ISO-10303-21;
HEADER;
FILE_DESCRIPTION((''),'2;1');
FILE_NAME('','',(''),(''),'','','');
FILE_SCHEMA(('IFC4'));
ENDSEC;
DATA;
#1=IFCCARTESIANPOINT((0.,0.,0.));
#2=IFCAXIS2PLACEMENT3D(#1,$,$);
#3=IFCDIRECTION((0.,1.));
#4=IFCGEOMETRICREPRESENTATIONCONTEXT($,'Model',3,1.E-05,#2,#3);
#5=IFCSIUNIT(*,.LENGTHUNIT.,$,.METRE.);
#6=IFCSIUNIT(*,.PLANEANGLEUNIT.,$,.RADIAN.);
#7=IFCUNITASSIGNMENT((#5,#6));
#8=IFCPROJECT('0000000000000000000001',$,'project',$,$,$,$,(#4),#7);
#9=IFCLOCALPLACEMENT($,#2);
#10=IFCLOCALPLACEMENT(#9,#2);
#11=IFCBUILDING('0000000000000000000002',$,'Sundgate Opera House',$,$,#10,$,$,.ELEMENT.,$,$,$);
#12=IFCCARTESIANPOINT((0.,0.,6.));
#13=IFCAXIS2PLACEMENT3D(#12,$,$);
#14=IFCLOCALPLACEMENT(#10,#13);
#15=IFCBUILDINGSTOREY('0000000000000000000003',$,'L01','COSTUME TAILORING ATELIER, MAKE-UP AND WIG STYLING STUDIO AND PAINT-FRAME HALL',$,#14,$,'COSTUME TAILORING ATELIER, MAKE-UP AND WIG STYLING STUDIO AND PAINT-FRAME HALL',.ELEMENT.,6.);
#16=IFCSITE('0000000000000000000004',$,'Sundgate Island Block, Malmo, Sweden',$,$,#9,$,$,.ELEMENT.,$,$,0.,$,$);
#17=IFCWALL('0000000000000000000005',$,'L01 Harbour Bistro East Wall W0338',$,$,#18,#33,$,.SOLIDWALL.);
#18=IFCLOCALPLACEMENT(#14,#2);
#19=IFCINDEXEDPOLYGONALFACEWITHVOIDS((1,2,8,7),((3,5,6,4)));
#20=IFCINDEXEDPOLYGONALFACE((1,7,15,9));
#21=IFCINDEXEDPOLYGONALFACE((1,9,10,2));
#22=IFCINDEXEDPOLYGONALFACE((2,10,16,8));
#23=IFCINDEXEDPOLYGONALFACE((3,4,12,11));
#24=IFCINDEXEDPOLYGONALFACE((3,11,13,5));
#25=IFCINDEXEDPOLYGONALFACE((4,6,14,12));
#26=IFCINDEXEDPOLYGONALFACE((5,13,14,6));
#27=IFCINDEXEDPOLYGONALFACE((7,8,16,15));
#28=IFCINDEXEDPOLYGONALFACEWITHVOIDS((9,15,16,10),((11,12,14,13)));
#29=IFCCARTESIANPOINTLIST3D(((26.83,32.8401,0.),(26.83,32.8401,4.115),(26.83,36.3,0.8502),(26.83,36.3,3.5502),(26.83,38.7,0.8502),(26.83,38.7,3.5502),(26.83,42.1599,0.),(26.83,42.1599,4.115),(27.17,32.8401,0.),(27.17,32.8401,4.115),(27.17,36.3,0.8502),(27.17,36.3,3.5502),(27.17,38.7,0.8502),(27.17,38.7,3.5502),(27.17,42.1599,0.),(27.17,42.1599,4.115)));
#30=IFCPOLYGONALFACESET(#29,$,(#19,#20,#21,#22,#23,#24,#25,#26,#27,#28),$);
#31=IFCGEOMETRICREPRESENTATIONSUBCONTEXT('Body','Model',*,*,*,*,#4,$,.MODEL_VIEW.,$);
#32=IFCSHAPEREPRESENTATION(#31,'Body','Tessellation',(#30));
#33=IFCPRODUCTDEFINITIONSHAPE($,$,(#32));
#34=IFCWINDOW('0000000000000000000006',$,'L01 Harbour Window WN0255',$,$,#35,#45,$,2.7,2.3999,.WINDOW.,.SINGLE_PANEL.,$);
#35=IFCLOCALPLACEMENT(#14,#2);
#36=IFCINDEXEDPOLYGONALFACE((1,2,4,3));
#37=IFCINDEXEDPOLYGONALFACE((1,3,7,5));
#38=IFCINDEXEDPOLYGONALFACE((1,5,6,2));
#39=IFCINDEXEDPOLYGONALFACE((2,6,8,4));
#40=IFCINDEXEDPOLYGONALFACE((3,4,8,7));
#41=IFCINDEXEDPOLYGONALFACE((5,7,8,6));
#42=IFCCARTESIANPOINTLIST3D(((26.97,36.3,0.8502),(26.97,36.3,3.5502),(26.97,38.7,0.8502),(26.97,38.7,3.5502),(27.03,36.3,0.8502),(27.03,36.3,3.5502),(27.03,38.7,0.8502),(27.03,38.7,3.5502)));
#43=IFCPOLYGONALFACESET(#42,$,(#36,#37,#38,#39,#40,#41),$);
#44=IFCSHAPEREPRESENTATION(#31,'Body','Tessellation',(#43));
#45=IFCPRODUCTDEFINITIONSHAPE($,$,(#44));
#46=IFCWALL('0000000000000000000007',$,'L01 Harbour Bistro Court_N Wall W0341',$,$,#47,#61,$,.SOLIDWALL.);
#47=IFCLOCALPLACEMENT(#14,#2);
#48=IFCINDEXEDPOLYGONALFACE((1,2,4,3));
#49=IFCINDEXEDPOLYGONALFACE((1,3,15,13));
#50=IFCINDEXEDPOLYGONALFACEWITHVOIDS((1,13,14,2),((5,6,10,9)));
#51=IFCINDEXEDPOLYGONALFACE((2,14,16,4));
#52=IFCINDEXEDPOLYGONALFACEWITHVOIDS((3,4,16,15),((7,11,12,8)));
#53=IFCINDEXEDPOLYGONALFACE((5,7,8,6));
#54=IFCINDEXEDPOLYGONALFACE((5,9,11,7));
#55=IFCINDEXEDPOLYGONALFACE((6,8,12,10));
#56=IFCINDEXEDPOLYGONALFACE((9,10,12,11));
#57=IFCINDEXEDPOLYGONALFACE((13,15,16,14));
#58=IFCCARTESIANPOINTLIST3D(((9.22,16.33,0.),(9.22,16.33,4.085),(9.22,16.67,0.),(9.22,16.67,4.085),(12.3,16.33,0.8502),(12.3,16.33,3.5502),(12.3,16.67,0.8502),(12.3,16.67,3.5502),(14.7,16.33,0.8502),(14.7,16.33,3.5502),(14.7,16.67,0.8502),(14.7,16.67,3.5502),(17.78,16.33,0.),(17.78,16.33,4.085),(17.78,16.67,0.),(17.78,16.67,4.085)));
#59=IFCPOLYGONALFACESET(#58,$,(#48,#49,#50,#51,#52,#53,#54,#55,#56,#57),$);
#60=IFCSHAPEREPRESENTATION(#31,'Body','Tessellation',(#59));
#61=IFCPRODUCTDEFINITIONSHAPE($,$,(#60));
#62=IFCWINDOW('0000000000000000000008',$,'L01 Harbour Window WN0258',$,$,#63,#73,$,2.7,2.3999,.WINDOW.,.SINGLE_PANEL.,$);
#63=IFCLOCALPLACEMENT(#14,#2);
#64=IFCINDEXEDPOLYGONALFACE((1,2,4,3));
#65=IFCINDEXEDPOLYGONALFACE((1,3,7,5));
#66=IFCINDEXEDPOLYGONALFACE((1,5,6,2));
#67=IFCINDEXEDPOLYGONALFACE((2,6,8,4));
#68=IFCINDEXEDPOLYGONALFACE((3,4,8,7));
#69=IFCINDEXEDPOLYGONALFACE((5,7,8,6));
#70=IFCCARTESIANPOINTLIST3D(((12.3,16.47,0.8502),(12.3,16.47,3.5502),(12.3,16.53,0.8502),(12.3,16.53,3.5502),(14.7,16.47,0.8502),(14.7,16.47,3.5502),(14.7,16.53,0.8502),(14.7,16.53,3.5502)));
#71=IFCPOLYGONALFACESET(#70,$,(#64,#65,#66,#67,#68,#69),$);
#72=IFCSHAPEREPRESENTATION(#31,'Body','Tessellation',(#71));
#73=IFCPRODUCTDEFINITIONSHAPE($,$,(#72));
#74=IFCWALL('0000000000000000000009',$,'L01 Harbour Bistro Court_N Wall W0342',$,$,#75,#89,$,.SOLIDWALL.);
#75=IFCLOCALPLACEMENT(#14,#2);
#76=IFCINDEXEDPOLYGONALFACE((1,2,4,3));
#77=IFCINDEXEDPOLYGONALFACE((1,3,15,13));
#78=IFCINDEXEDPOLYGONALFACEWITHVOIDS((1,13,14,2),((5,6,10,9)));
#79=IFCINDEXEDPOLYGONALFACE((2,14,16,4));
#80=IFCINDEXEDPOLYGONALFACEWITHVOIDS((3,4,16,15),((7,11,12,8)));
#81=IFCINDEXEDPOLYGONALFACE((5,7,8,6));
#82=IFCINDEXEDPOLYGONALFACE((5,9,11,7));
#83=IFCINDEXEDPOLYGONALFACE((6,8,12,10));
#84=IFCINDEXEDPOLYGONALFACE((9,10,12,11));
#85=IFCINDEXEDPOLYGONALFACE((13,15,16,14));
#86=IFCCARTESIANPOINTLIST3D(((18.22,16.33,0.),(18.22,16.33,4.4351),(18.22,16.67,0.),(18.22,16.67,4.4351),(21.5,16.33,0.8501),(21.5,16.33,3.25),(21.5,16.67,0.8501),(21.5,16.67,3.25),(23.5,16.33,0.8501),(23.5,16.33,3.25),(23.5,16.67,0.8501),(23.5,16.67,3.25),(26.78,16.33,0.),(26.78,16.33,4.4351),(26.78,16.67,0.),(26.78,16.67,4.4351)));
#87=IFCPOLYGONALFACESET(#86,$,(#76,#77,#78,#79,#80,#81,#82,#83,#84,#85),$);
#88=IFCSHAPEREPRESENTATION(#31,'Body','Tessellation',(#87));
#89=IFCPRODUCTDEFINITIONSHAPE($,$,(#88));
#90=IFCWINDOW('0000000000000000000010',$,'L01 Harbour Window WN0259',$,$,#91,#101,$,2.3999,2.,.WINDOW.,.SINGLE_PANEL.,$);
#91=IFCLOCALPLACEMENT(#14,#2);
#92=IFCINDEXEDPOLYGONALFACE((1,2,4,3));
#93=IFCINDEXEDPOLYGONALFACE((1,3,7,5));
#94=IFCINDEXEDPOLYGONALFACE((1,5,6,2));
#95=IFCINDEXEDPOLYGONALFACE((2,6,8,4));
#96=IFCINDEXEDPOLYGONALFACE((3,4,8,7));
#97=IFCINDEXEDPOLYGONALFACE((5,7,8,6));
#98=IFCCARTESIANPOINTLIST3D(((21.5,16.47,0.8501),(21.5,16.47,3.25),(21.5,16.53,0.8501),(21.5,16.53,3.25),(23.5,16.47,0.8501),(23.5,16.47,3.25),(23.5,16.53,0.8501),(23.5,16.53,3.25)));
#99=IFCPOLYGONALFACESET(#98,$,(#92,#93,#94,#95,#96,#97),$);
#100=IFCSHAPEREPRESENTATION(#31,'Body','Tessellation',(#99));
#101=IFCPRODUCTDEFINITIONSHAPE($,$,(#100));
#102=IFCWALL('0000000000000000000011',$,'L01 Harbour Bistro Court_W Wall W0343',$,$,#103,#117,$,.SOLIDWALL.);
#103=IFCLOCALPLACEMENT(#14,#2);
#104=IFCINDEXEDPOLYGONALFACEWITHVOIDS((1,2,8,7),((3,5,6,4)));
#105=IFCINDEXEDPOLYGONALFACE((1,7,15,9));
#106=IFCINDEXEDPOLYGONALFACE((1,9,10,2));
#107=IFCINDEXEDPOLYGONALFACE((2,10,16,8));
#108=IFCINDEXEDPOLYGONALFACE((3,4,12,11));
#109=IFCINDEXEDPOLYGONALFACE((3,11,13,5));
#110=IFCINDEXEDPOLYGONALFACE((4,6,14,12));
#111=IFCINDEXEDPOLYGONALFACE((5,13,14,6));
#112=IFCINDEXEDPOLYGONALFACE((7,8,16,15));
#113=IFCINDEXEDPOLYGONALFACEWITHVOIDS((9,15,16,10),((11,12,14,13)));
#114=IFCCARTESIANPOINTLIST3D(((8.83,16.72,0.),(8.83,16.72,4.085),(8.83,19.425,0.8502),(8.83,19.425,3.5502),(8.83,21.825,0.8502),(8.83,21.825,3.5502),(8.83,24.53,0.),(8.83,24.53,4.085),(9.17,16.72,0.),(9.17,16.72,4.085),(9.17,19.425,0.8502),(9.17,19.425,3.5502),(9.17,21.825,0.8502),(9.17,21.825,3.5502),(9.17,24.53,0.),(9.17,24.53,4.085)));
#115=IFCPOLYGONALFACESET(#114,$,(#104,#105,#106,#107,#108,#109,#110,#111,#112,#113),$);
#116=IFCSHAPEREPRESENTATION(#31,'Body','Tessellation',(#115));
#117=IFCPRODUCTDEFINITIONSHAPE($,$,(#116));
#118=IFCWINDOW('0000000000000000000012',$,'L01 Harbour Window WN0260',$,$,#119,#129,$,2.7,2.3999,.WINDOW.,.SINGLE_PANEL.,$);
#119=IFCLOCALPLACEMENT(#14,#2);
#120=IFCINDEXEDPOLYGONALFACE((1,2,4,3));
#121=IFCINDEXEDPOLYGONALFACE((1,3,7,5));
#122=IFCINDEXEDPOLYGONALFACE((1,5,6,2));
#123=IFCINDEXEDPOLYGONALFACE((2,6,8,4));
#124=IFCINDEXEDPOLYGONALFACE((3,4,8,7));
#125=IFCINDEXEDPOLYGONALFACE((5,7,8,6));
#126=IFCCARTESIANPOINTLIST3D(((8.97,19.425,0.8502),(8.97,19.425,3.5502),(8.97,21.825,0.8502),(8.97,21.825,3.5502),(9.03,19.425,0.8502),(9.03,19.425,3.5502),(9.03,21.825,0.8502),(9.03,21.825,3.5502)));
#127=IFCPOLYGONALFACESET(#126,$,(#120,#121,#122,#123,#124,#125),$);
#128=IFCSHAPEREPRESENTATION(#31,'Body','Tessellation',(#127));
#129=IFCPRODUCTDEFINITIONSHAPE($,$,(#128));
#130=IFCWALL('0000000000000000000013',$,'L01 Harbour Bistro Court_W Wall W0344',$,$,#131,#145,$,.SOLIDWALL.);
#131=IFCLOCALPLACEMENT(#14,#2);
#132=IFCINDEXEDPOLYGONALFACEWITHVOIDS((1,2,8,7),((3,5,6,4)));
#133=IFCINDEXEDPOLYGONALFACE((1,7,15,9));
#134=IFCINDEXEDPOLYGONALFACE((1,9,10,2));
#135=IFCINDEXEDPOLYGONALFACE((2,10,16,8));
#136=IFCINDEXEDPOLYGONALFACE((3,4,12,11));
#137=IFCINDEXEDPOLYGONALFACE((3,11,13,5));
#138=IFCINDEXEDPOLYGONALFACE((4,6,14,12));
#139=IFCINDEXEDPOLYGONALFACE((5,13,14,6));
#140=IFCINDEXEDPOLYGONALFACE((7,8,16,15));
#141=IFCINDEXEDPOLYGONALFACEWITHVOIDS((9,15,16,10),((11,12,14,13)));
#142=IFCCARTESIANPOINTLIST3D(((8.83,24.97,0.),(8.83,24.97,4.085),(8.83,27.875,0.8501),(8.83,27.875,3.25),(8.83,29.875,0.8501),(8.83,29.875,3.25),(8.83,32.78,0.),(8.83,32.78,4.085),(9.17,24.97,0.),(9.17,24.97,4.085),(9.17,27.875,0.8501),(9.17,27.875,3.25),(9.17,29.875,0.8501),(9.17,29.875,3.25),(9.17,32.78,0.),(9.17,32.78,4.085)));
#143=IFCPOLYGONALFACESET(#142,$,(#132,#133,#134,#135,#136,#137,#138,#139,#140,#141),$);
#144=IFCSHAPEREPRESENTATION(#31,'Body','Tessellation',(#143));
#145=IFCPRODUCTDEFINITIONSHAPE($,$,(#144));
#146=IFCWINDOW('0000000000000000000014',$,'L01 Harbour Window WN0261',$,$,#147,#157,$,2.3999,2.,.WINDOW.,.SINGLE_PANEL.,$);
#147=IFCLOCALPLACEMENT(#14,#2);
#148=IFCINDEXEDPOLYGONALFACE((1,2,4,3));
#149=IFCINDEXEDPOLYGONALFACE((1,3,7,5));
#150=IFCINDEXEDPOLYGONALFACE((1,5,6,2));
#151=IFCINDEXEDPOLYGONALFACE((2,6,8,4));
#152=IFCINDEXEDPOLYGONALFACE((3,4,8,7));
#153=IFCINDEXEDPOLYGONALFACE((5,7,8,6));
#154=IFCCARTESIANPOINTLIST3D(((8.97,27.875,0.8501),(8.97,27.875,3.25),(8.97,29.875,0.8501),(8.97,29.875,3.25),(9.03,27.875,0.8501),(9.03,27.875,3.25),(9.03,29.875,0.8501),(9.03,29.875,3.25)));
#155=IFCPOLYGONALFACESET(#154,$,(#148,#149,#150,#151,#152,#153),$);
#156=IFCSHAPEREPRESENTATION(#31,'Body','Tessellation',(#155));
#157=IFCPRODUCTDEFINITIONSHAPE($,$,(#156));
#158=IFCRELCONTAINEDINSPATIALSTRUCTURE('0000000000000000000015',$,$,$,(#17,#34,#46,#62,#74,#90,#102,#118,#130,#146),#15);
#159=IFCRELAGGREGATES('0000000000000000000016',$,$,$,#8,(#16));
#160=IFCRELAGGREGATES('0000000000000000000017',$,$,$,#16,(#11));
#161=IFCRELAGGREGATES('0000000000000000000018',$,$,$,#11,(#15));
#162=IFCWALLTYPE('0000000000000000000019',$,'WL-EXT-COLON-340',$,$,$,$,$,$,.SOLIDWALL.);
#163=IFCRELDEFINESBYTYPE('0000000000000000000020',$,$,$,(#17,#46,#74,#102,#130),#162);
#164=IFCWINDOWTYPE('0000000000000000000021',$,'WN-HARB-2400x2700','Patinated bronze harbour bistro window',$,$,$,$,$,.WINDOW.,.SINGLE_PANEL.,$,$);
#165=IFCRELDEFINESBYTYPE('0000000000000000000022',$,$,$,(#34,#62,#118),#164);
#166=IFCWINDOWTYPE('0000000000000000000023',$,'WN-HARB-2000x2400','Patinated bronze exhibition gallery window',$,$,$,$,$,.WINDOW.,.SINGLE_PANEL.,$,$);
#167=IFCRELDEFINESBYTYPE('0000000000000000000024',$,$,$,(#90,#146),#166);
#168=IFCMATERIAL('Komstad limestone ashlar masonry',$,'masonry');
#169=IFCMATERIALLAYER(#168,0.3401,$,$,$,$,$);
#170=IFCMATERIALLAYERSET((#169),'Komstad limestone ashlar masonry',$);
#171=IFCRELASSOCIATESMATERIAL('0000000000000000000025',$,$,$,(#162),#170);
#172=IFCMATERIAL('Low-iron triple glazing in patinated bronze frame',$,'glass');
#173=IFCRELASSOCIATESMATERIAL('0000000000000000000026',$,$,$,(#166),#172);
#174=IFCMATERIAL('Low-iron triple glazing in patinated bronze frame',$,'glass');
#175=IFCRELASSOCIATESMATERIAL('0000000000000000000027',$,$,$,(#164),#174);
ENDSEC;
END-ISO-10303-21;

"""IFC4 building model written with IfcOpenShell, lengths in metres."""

from ifc_helpers import new_model, si_unit, direction, frame, frame_2d, origin, place, context, subcontext, project, spatial, rectangle, extrude, material, layer, layer_set, type_object, element, fill, save


model = new_model("IFC4")

# Units and contexts
model_context = context("Model", 3, precision=1e-05, world=origin(), true_north=direction((0.0, 1.0)))
body_context = subcontext(model_context, "Body", "Model", "MODEL_VIEW")
ifc_project = project(units=[si_unit("LENGTHUNIT", "METRE"), si_unit("PLANEANGLEUNIT", "RADIAN")], contexts=[model_context])

# Site, building, storey
site_placement = place(None, origin())
site = spatial("IfcSite", under=ifc_project, at=site_placement, Name="Sundgate Island Block, Malmo, Sweden", CompositionType="ELEMENT", RefElevation=0.0)
building_placement = place(site_placement, origin())
building = spatial("IfcBuilding", under=site, at=building_placement, Name="Sundgate Opera House", CompositionType="ELEMENT")
storey_placement = place(building_placement, frame((0.0, 0.0, 6.0)))
storey = spatial("IfcBuildingStorey", under=building, at=storey_placement, Name="L01", Description="COSTUME TAILORING ATELIER, MAKE-UP AND WIG STYLING STUDIO AND PAINT-FRAME HALL", LongName="COSTUME TAILORING ATELIER, MAKE-UP AND WIG STYLING STUDIO AND PAINT-FRAME HALL", CompositionType="ELEMENT", Elevation=6.0)

# Walls, openings, windows
ifc_material_1 = material(Name="Komstad limestone ashlar masonry", Category="masonry")
ifc_layer = layer(ifc_material_1, 0.3401)
ifc_layer_set = layer_set([ifc_layer], Name="Komstad limestone ashlar masonry")
wall_type = type_object("IfcWallType", Name="WL-EXT-COLON-340", PredefinedType="SOLIDWALL", material=ifc_layer_set)
ifc_material_2 = material(Name="Low-iron triple glazing in patinated bronze frame", Category="glass")
window_type_1 = type_object("IfcWindowType", Name="WN-HARB-2000x2400", Description="Patinated bronze exhibition gallery window", PartitioningType="SINGLE_PANEL", PredefinedType="WINDOW", material=ifc_material_2)
wall_1_placement = place(storey_placement, frame((27.0, 32.8401, 0.0), z_axis=(0.0, 0.0, 1.0), x_axis=(0.0, 1.0, 0.0)))
wall_1 = element("IfcWall", 1, at=wall_1_placement, inside=storey, type_object=wall_type, Name="L01 Harbour Bistro East Wall W0338", PredefinedType="SOLIDWALL", context=body_context, shape_type="SweptSolid", body=[
    extrude(rectangle(XDim=9.3198, YDim=0.3401, at=frame_2d((4.6599, 0.0))), origin(), (0.0, 0.0, 1.0), 4.115),
])
opening_1_placement = place(wall_1_placement, frame((3.46, 0.0, 0.8501)))
opening_1 = element("IfcOpeningElement", 2, at=opening_1_placement, cuts=wall_1, PredefinedType="OPENING", context=body_context, shape_type="SweptSolid", body=[
    extrude(rectangle(XDim=2.3999, YDim=2.7, at=frame_2d((1.2, 1.3501))), frame((0.0, 0.1799, 0.0), z_axis=(0.0, -1.0, 0.0), x_axis=(1.0, 0.0, 0.0)), (0.0, 0.0, 1.0), 0.3601),
])
ifc_material_3 = material(Name="Low-iron triple glazing in patinated bronze frame", Category="glass")
window_type_2 = type_object("IfcWindowType", Name="WN-HARB-2400x2700", Description="Patinated bronze harbour bistro window", PartitioningType="SINGLE_PANEL", PredefinedType="WINDOW", material=ifc_material_3)
window_1_placement = place(opening_1_placement, origin())
window_1 = element("IfcWindow", 3, at=window_1_placement, inside=storey, type_object=window_type_2, Name="L01 Harbour Window WN0255", OverallHeight=2.7, OverallWidth=2.3999, PartitioningType="SINGLE_PANEL", PredefinedType="WINDOW", context=body_context, shape_type="SweptSolid", body=[
    extrude(rectangle(XDim=2.3999, YDim=2.7, at=frame_2d((1.2, 1.3501))), frame((0.0, 0.03, 0.0), z_axis=(0.0, -1.0, 0.0), x_axis=(1.0, 0.0, 0.0)), (0.0, 0.0, 1.0), 0.0601),
])
fill(opening_1, window_1)
wall_2_placement = place(storey_placement, frame((9.22, 16.5, 0.0), z_axis=(0.0, 0.0, 1.0), x_axis=(1.0, 0.0, 0.0)))
wall_2 = element("IfcWall", 4, at=wall_2_placement, inside=storey, type_object=wall_type, Name="L01 Harbour Bistro Court_N Wall W0341", PredefinedType="SOLIDWALL", context=body_context, shape_type="SweptSolid", body=[
    extrude(rectangle(XDim=8.5601, YDim=0.3401, at=frame_2d((4.28, 0.0))), origin(), (0.0, 0.0, 1.0), 4.085),
])
opening_2_placement = place(wall_2_placement, frame((3.0801, 0.0, 0.8501)))
opening_2 = element("IfcOpeningElement", 5, at=opening_2_placement, cuts=wall_2, PredefinedType="OPENING", context=body_context, shape_type="SweptSolid", body=[
    extrude(rectangle(XDim=2.3999, YDim=2.7, at=frame_2d((1.2, 1.3501))), frame((0.0, 0.1799, 0.0), z_axis=(0.0, -1.0, 0.0), x_axis=(1.0, 0.0, 0.0)), (0.0, 0.0, 1.0), 0.3601),
])
window_2_placement = place(opening_2_placement, origin())
window_2 = element("IfcWindow", 6, at=window_2_placement, inside=storey, type_object=window_type_2, Name="L01 Harbour Window WN0258", OverallHeight=2.7, OverallWidth=2.3999, PartitioningType="SINGLE_PANEL", PredefinedType="WINDOW", context=body_context, shape_type="SweptSolid", body=[
    extrude(rectangle(XDim=2.3999, YDim=2.7, at=frame_2d((1.2, 1.3501))), frame((0.0, 0.03, 0.0), z_axis=(0.0, -1.0, 0.0), x_axis=(1.0, 0.0, 0.0)), (0.0, 0.0, 1.0), 0.0601),
])
fill(opening_2, window_2)
wall_3_placement = place(storey_placement, frame((18.22, 16.5, 0.0), z_axis=(0.0, 0.0, 1.0), x_axis=(1.0, 0.0, 0.0)))
wall_3 = element("IfcWall", 7, at=wall_3_placement, inside=storey, type_object=wall_type, Name="L01 Harbour Bistro Court_N Wall W0342", PredefinedType="SOLIDWALL", context=body_context, shape_type="SweptSolid", body=[
    extrude(rectangle(XDim=8.5601, YDim=0.3401, at=frame_2d((4.28, 0.0))), origin(), (0.0, 0.0, 1.0), 4.4351),
])
opening_3_placement = place(wall_3_placement, frame((3.28, 0.0, 0.8501)))
opening_3 = element("IfcOpeningElement", 8, at=opening_3_placement, cuts=wall_3, PredefinedType="OPENING", context=body_context, shape_type="SweptSolid", body=[
    extrude(rectangle(XDim=2.0, YDim=2.3999, at=frame_2d((1.0, 1.2))), frame((0.0, 0.1799, 0.0), z_axis=(0.0, -1.0, 0.0), x_axis=(1.0, 0.0, 0.0)), (0.0, 0.0, 1.0), 0.3601),
])
window_3_placement = place(opening_3_placement, origin())
window_3 = element("IfcWindow", 9, at=window_3_placement, inside=storey, type_object=window_type_1, Name="L01 Harbour Window WN0259", OverallHeight=2.3999, OverallWidth=2.0, PartitioningType="SINGLE_PANEL", PredefinedType="WINDOW", context=body_context, shape_type="SweptSolid", body=[
    extrude(rectangle(XDim=2.0, YDim=2.3999, at=frame_2d((1.0, 1.2))), frame((0.0, 0.03, 0.0), z_axis=(0.0, -1.0, 0.0), x_axis=(1.0, 0.0, 0.0)), (0.0, 0.0, 1.0), 0.0601),
])
fill(opening_3, window_3)
wall_4_placement = place(storey_placement, frame((9.0, 16.72, 0.0), z_axis=(0.0, 0.0, 1.0), x_axis=(0.0, 1.0, 0.0)))
wall_4 = element("IfcWall", 10, at=wall_4_placement, inside=storey, type_object=wall_type, Name="L01 Harbour Bistro Court_W Wall W0343", PredefinedType="SOLIDWALL", context=body_context, shape_type="SweptSolid", body=[
    extrude(rectangle(XDim=7.8101, YDim=0.3401, at=frame_2d((3.905, 0.0))), origin(), (0.0, 0.0, 1.0), 4.085),
])
opening_4_placement = place(wall_4_placement, frame((2.7051, 0.0, 0.8501)))
opening_4 = element("IfcOpeningElement", 11, at=opening_4_placement, cuts=wall_4, PredefinedType="OPENING", context=body_context, shape_type="SweptSolid", body=[
    extrude(rectangle(XDim=2.3999, YDim=2.7, at=frame_2d((1.2, 1.3501))), frame((0.0, 0.1799, 0.0), z_axis=(0.0, -1.0, 0.0), x_axis=(1.0, 0.0, 0.0)), (0.0, 0.0, 1.0), 0.3601),
])
window_4_placement = place(opening_4_placement, origin())
window_4 = element("IfcWindow", 12, at=window_4_placement, inside=storey, type_object=window_type_2, Name="L01 Harbour Window WN0260", OverallHeight=2.7, OverallWidth=2.3999, PartitioningType="SINGLE_PANEL", PredefinedType="WINDOW", context=body_context, shape_type="SweptSolid", body=[
    extrude(rectangle(XDim=2.3999, YDim=2.7, at=frame_2d((1.2, 1.3501))), frame((0.0, 0.03, 0.0), z_axis=(0.0, -1.0, 0.0), x_axis=(1.0, 0.0, 0.0)), (0.0, 0.0, 1.0), 0.0601),
])
fill(opening_4, window_4)
wall_5_placement = place(storey_placement, frame((9.0, 24.97, 0.0), z_axis=(0.0, 0.0, 1.0), x_axis=(0.0, 1.0, 0.0)))
wall_5 = element("IfcWall", 13, at=wall_5_placement, inside=storey, type_object=wall_type, Name="L01 Harbour Bistro Court_W Wall W0344", PredefinedType="SOLIDWALL", context=body_context, shape_type="SweptSolid", body=[
    extrude(rectangle(XDim=7.8101, YDim=0.3401, at=frame_2d((3.905, 0.0))), origin(), (0.0, 0.0, 1.0), 4.085),
])
opening_5_placement = place(wall_5_placement, frame((2.905, 0.0, 0.8501)))
opening_5 = element("IfcOpeningElement", 14, at=opening_5_placement, cuts=wall_5, PredefinedType="OPENING", context=body_context, shape_type="SweptSolid", body=[
    extrude(rectangle(XDim=2.0, YDim=2.3999, at=frame_2d((1.0, 1.2))), frame((0.0, 0.1799, 0.0), z_axis=(0.0, -1.0, 0.0), x_axis=(1.0, 0.0, 0.0)), (0.0, 0.0, 1.0), 0.3601),
])
window_5_placement = place(opening_5_placement, origin())
window_5 = element("IfcWindow", 15, at=window_5_placement, inside=storey, type_object=window_type_1, Name="L01 Harbour Window WN0261", OverallHeight=2.3999, OverallWidth=2.0, PartitioningType="SINGLE_PANEL", PredefinedType="WINDOW", context=body_context, shape_type="SweptSolid", body=[
    extrude(rectangle(XDim=2.0, YDim=2.3999, at=frame_2d((1.0, 1.2))), frame((0.0, 0.03, 0.0), z_axis=(0.0, -1.0, 0.0), x_axis=(1.0, 0.0, 0.0)), (0.0, 0.0, 1.0), 0.0601),
])
fill(opening_5, window_5)

save(model, "model.ifc")
